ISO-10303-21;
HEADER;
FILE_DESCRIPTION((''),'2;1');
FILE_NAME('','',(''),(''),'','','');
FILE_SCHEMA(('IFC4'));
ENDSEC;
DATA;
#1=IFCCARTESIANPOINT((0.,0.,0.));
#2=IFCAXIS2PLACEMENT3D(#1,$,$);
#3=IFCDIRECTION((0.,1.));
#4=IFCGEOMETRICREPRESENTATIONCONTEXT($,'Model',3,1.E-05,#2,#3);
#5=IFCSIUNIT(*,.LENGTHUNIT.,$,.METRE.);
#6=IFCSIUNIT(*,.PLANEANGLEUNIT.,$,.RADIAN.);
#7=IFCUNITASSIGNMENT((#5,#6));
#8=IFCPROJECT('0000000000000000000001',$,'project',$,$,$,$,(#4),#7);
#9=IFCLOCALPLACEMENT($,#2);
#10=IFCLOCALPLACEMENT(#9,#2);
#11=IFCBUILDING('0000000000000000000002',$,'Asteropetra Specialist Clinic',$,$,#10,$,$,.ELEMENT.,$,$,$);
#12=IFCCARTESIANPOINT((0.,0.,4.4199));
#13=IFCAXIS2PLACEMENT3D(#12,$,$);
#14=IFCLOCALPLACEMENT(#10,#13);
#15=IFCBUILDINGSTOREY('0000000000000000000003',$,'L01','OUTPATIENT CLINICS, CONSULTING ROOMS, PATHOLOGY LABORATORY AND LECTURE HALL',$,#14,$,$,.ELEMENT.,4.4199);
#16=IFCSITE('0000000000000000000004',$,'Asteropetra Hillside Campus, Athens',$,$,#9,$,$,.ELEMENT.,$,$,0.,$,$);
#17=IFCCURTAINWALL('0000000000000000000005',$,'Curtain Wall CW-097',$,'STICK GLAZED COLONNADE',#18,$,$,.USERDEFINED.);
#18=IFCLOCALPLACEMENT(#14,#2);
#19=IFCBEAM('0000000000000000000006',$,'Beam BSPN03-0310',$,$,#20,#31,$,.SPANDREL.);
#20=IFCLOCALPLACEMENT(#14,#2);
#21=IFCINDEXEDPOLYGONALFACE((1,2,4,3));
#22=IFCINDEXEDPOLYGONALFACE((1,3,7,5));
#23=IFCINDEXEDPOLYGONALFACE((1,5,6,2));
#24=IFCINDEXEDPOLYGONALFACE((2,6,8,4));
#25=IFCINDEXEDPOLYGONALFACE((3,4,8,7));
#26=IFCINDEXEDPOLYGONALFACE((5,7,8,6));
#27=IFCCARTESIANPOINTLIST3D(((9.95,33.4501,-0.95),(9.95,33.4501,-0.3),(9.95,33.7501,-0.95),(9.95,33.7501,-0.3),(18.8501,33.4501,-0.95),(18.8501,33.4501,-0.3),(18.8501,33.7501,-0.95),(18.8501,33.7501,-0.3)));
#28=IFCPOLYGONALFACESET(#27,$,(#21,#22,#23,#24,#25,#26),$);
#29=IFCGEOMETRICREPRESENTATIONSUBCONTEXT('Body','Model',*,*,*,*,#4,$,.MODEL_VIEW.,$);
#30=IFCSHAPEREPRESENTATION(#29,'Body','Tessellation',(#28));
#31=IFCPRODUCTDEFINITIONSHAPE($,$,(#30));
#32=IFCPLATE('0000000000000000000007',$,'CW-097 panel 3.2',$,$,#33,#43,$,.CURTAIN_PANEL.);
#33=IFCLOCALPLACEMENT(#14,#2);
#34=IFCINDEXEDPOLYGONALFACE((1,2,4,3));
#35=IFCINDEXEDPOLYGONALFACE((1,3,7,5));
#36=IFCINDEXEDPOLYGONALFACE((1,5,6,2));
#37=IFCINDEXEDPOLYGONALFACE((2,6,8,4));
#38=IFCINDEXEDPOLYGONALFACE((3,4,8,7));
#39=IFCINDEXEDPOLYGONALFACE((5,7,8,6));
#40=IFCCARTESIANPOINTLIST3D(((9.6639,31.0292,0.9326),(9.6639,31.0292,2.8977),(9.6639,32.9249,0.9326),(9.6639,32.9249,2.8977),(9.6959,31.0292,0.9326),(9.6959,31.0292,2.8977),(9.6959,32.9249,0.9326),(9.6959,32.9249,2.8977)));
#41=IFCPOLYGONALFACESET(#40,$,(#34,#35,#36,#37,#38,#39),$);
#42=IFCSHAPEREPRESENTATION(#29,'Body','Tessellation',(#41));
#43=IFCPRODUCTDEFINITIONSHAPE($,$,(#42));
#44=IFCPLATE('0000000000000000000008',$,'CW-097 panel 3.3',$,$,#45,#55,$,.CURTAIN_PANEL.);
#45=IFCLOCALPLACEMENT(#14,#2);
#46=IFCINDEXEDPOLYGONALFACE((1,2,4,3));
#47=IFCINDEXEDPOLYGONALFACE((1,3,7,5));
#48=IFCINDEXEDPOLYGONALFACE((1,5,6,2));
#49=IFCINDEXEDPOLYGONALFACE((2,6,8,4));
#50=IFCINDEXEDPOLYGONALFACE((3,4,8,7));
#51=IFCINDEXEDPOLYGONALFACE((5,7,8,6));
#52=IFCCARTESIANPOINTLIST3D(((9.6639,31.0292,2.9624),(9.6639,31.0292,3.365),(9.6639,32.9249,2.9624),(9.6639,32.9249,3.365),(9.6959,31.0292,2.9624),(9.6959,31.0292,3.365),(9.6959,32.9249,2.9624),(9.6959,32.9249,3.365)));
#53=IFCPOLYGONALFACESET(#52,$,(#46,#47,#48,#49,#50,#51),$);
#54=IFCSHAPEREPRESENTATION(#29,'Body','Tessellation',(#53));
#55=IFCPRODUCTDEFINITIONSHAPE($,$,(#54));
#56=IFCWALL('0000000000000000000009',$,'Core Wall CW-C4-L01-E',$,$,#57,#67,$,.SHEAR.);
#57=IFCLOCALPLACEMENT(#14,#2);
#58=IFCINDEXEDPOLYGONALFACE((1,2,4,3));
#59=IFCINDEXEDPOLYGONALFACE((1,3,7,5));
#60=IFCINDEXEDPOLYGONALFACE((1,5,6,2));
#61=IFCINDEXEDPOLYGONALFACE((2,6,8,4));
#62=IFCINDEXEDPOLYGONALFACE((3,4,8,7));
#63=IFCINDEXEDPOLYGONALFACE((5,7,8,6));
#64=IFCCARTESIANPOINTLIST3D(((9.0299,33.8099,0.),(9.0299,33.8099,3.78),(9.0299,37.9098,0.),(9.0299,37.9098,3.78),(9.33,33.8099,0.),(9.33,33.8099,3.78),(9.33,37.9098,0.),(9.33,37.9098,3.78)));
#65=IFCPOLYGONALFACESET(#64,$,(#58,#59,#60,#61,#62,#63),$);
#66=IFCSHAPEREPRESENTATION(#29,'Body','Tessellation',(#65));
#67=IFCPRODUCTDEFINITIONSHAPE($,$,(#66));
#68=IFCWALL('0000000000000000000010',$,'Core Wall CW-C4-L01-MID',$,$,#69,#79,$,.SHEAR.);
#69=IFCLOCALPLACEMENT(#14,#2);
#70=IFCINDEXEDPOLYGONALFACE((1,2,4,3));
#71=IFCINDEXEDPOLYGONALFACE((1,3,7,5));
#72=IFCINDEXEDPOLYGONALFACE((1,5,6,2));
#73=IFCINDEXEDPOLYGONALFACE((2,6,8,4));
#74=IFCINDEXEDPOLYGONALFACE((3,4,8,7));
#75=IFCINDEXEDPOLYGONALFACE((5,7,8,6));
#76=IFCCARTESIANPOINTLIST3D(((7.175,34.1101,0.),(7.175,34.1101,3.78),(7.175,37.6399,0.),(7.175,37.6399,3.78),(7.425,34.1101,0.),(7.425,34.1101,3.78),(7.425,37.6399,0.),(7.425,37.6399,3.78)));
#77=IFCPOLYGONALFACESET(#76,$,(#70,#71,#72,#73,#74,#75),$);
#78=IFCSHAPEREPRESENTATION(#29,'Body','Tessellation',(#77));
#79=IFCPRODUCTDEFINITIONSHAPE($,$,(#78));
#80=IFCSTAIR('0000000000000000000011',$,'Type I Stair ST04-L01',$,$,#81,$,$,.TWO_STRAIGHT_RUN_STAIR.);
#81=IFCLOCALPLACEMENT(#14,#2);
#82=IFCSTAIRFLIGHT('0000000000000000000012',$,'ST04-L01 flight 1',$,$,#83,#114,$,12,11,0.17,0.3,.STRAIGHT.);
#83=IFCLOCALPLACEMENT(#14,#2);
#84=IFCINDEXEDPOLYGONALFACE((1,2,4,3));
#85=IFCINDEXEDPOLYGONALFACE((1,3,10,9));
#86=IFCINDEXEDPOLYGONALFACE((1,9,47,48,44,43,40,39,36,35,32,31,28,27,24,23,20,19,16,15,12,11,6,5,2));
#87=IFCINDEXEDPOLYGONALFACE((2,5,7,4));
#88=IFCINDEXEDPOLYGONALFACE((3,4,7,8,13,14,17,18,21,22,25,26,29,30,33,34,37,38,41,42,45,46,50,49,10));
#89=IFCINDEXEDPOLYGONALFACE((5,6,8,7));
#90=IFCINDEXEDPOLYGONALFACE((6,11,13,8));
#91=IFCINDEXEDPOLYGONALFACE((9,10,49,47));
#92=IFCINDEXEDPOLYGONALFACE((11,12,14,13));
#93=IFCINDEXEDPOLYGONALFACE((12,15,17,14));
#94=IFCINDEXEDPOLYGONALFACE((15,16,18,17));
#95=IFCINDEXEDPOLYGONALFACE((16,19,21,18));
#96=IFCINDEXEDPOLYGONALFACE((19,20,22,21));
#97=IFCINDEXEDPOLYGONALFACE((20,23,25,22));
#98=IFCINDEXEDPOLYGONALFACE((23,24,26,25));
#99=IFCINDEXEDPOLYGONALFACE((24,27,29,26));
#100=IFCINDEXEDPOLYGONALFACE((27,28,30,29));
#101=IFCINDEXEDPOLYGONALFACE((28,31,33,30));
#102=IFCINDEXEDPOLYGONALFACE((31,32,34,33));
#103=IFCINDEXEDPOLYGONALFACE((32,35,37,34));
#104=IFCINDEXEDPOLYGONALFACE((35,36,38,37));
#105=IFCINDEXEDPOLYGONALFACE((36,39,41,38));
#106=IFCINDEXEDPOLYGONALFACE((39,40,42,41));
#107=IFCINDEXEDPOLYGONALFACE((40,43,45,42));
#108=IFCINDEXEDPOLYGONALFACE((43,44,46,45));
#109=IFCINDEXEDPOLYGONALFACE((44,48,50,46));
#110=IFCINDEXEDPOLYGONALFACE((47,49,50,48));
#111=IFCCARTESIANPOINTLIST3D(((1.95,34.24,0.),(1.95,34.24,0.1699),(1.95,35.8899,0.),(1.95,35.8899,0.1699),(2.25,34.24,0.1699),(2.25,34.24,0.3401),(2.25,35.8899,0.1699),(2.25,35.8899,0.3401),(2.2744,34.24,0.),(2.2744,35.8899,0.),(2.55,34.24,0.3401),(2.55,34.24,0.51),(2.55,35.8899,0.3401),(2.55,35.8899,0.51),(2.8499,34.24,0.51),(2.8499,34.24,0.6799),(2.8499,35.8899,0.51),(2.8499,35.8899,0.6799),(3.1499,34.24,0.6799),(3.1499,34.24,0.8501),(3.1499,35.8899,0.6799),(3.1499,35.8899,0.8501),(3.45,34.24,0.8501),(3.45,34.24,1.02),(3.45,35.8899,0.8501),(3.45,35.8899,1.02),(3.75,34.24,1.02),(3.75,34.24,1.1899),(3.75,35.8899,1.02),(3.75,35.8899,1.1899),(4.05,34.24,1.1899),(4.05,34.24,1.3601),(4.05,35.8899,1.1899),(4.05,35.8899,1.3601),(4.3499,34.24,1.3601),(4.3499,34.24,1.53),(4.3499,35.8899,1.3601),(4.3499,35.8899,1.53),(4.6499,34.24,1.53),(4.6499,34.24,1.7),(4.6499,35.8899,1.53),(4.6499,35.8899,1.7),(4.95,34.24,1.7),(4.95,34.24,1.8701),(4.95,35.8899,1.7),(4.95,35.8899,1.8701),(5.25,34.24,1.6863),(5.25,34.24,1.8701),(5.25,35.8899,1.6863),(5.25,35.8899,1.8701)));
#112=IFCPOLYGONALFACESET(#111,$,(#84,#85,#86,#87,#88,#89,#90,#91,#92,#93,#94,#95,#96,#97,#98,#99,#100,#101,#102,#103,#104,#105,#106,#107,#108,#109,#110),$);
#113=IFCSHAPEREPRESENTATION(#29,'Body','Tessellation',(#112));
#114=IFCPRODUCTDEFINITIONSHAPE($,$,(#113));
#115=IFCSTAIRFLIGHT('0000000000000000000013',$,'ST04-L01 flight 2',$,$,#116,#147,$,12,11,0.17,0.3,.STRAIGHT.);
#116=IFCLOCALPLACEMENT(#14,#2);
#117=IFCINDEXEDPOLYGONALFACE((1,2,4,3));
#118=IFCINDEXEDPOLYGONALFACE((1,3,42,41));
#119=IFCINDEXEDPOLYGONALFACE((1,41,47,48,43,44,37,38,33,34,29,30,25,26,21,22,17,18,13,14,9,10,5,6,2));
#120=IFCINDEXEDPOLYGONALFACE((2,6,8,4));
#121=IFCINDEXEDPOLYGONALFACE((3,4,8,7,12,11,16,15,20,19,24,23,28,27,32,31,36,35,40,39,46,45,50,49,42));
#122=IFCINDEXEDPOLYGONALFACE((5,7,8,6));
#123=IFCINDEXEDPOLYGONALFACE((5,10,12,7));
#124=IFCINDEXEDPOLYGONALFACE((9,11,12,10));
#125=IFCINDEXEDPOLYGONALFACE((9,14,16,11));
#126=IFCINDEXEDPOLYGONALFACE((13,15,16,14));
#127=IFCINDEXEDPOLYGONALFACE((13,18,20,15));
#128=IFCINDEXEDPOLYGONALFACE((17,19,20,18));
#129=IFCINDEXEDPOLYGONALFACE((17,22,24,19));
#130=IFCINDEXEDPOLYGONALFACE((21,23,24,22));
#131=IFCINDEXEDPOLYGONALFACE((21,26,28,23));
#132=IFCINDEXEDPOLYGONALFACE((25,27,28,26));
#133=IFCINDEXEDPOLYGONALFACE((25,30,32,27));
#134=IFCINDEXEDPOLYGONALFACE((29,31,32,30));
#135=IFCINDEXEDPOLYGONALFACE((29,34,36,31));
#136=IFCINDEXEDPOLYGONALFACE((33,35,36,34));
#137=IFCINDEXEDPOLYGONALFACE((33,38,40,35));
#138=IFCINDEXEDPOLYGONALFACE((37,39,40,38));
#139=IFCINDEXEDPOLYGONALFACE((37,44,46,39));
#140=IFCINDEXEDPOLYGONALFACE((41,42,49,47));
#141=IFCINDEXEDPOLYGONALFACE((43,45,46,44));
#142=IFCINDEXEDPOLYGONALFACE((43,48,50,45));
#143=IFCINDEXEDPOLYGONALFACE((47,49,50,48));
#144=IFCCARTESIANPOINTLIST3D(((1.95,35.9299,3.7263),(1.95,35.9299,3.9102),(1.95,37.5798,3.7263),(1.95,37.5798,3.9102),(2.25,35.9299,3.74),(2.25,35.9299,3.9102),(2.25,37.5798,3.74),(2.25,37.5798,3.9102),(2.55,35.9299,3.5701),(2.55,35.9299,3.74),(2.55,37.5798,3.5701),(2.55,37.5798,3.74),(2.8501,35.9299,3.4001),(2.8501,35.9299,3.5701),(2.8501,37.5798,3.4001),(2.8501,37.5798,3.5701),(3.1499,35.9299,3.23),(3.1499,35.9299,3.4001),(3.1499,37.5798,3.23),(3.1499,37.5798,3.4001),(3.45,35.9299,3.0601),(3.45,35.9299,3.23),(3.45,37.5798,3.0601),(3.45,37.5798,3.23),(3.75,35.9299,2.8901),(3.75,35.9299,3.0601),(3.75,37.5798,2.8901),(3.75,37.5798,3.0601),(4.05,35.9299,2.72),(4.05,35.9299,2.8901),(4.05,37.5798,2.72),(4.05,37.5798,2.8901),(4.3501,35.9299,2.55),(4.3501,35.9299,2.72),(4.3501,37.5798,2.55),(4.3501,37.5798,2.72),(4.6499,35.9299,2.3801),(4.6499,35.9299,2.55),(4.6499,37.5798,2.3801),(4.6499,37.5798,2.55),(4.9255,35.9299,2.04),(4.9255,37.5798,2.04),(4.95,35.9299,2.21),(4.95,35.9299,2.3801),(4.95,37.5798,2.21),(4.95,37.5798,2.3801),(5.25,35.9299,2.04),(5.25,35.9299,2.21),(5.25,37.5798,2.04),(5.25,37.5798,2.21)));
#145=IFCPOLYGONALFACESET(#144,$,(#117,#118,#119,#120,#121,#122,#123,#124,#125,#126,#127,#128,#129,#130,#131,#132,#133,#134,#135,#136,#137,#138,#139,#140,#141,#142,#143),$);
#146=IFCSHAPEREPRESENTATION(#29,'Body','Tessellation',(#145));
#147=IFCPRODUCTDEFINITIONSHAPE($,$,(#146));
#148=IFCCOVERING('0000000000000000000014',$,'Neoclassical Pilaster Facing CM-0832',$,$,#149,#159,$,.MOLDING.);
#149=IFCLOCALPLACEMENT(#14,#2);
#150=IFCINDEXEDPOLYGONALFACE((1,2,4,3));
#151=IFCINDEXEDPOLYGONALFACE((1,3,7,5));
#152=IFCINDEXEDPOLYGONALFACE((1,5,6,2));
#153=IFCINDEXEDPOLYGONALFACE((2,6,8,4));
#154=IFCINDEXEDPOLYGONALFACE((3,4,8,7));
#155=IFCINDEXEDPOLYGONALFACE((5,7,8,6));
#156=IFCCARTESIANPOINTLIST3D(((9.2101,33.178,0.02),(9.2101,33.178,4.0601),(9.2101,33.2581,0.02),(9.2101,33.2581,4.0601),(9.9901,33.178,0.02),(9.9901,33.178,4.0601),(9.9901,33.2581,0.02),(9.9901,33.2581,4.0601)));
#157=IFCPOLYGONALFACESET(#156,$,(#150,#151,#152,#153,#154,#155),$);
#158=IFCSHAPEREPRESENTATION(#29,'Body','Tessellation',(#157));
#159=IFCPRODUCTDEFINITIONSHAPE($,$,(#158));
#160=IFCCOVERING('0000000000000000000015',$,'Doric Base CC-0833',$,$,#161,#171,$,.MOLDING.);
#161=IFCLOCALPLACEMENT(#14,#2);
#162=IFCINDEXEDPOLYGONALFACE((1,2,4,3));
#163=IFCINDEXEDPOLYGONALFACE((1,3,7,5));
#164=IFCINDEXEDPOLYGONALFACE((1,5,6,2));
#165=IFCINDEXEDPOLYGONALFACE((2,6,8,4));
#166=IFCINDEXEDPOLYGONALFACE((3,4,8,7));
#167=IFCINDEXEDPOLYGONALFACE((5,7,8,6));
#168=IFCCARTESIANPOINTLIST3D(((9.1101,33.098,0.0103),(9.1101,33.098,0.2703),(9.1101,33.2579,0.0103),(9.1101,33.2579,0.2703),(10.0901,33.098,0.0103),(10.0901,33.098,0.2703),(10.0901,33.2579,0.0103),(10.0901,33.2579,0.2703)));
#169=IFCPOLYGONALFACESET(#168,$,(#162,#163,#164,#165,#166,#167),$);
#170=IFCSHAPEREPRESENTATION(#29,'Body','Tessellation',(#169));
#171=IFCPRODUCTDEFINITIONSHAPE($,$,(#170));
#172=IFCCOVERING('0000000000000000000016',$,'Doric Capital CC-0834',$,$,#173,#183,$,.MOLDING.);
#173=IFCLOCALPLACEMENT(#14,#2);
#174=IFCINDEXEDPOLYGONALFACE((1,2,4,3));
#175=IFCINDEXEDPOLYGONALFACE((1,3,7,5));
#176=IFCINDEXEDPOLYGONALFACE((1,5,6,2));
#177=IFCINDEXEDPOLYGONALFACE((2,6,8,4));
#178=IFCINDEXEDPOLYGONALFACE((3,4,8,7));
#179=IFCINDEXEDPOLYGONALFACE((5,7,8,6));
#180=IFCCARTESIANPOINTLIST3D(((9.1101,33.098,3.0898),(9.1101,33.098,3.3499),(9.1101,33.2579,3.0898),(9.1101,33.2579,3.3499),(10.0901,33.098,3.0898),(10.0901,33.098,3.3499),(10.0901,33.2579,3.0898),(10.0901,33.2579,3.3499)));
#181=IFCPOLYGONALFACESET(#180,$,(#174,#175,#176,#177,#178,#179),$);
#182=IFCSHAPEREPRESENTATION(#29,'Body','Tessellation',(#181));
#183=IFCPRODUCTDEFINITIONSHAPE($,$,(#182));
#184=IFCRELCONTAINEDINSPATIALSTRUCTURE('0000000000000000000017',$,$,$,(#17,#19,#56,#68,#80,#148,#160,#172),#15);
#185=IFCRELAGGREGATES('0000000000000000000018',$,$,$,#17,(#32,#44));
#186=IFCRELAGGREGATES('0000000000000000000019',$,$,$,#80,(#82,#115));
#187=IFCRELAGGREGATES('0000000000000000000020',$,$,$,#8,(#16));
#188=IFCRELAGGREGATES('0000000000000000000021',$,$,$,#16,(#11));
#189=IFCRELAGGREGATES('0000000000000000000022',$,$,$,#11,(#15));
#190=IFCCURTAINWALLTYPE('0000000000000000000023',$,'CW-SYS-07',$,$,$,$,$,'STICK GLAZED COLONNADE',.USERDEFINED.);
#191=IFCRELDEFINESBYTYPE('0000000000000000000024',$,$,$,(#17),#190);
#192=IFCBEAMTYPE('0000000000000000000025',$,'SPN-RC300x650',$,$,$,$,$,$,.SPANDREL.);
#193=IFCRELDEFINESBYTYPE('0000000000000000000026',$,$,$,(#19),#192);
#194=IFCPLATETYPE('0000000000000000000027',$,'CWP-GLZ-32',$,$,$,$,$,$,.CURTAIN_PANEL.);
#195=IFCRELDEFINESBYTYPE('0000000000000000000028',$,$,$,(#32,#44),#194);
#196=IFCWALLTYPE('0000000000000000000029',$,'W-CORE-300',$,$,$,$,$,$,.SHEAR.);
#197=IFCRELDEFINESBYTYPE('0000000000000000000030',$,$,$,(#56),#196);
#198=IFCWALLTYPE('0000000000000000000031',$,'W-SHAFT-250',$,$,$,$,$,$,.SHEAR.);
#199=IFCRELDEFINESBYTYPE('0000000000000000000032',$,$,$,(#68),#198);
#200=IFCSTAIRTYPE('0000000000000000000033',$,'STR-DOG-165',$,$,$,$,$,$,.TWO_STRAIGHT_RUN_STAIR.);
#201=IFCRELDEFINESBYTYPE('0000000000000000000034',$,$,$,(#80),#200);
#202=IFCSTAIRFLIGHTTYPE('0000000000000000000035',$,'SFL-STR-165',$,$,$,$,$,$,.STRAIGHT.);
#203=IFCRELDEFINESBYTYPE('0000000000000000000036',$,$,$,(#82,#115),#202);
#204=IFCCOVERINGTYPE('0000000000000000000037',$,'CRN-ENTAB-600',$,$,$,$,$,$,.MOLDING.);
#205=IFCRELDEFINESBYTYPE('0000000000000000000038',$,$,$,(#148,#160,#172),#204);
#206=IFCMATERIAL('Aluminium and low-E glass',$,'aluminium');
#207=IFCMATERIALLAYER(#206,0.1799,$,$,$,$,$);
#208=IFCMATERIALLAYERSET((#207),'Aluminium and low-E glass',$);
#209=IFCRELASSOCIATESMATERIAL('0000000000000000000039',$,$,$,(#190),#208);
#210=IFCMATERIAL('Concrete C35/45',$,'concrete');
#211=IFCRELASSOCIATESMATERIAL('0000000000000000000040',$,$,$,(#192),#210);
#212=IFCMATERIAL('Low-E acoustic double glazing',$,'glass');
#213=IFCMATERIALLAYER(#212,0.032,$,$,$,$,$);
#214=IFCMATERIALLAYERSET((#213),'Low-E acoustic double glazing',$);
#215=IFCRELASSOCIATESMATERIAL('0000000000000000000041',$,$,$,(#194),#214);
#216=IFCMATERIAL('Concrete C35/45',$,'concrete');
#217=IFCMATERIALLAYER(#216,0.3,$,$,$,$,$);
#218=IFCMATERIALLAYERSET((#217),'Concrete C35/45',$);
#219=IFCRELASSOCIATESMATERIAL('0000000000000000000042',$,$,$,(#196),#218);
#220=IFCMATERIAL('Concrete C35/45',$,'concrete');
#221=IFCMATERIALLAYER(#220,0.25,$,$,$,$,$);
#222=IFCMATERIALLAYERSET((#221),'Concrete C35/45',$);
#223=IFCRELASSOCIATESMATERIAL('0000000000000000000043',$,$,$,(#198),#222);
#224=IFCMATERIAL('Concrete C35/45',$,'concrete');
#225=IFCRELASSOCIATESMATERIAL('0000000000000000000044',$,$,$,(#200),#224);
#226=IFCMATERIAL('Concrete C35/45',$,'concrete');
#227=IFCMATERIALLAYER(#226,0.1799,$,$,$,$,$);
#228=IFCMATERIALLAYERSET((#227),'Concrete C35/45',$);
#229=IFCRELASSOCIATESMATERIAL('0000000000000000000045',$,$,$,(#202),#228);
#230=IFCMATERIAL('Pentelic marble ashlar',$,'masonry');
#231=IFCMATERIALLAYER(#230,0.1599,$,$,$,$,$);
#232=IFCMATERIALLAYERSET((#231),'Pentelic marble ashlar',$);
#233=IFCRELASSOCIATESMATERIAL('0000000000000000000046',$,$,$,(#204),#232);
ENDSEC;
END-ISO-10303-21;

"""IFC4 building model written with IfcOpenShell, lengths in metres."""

from ifc_helpers import new_model, si_unit, direction, frame, frame_2d, origin, origin_2d, place, context, subcontext, project, spatial, polyline, rectangle, outline, extrude, material, layer, layer_set, material_profile, profile_set, type_object, element, aggregate, save


model = new_model("IFC4")

# Units and contexts
model_context = context("Model", 3, precision=1e-05, world=origin(), true_north=direction((0.0, 1.0)))
body_context = subcontext(model_context, "Body", "Model", "MODEL_VIEW")
ifc_project = project(units=[si_unit("LENGTHUNIT", "METRE"), si_unit("PLANEANGLEUNIT", "RADIAN")], contexts=[model_context])

# Site, building, storey
site_placement = place(None, origin())
site = spatial("IfcSite", under=ifc_project, at=site_placement, Name="Asteropetra Hillside Campus, Athens", CompositionType="ELEMENT", RefElevation=0.0)
building_placement = place(site_placement, origin())
building = spatial("IfcBuilding", under=site, at=building_placement, Name="Asteropetra Specialist Clinic", CompositionType="ELEMENT")
storey_placement = place(building_placement, frame((0.0, 0.0, 4.4199)))
storey = spatial("IfcBuildingStorey", under=building, at=storey_placement, Name="L01", Description="OUTPATIENT CLINICS, CONSULTING ROOMS, PATHOLOGY LABORATORY AND LECTURE HALL", CompositionType="ELEMENT", Elevation=4.4199)

# Curtain wall
ifc_material_1 = material(Name="Aluminium and low-E glass", Category="aluminium")
ifc_layer_1 = layer(ifc_material_1, 0.1799)
ifc_layer_set_1 = layer_set([ifc_layer_1], Name="Aluminium and low-E glass")
curtain_wall_type = type_object("IfcCurtainWallType", Name="CW-SYS-07", ElementType="STICK GLAZED COLONNADE", PredefinedType="USERDEFINED", material=ifc_layer_set_1)
curtain_wall_placement = place(storey_placement, origin())
curtain_wall = element("IfcCurtainWall", 1, at=curtain_wall_placement, inside=storey, type_object=curtain_wall_type, Name="Curtain Wall CW-097", ObjectType="STICK GLAZED COLONNADE", PredefinedType="USERDEFINED")

# Beam
ifc_material_2 = material(Name="Concrete C35/45", Category="concrete")
ifc_material_profile_1 = material_profile(ifc_material_2, rectangle(XDim=0.3, YDim=0.6499, at=origin_2d()), Name="RCS 300x650")
ifc_profile_set_1 = profile_set([ifc_material_profile_1], Name="Concrete C35/45")
beam_type_1 = type_object("IfcBeamType", Name="SPN-RC300x650", PredefinedType="SPANDREL", material=ifc_profile_set_1)
beam_1_placement = place(storey_placement, frame((9.95, 33.6001, -0.625), z_axis=(1.0, 0.0, 0.0), x_axis=(0.0, 1.0, 0.0)))
element("IfcBeam", 2, at=beam_1_placement, inside=storey, type_object=beam_type_1, Name="Beam BSPN03-0310", PredefinedType="SPANDREL", context=body_context, shape_type="SweptSolid", body=[
    extrude(rectangle(XDim=0.3, YDim=0.6499, at=origin_2d()), origin(), (0.0, 0.0, 1.0), 8.9001),
])

# Plates
ifc_material_3 = material(Name="Low-E acoustic double glazing", Category="glass")
ifc_layer_2 = layer(ifc_material_3, 0.032)
ifc_layer_set_2 = layer_set([ifc_layer_2], Name="Low-E acoustic double glazing")
plate_type = type_object("IfcPlateType", Name="CWP-GLZ-32", PredefinedType="CURTAIN_PANEL", material=ifc_layer_set_2)
plate_1_placement = place(storey_placement, frame((9.6799, 31.9771, 0.9326), z_axis=(0.0, 0.0, 1.0), x_axis=(0.0, 1.0, 0.0)))
plate_1 = element("IfcPlate", 3, at=plate_1_placement, type_object=plate_type, Name="CW-097 panel 3.2", PredefinedType="CURTAIN_PANEL", context=body_context, shape_type="SweptSolid", body=[
    extrude(rectangle(XDim=1.8958, YDim=0.032, at=origin_2d()), origin(), (0.0, 0.0, 1.0), 1.9651),
])
plate_2_placement = place(storey_placement, frame((9.6799, 31.9771, 2.9624), z_axis=(0.0, 0.0, 1.0), x_axis=(0.0, 1.0, 0.0)))
plate_2 = element("IfcPlate", 4, at=plate_2_placement, type_object=plate_type, Name="CW-097 panel 3.3", PredefinedType="CURTAIN_PANEL", context=body_context, shape_type="SweptSolid", body=[
    extrude(rectangle(XDim=1.8958, YDim=0.032, at=origin_2d()), origin(), (0.0, 0.0, 1.0), 0.4026),
])
aggregate(curtain_wall, [plate_1, plate_2])

# Walls
ifc_material_4 = material(Name="Concrete C35/45", Category="concrete")
ifc_layer_3 = layer(ifc_material_4, 0.3)
ifc_layer_set_3 = layer_set([ifc_layer_3], Name="Concrete C35/45")
wall_type_1 = type_object("IfcWallType", Name="W-CORE-300", PredefinedType="SHEAR", material=ifc_layer_set_3)
wall_1_placement = place(storey_placement, frame((9.1799, 33.8101, 0.0), z_axis=(0.0, 0.0, 1.0), x_axis=(0.0, 1.0, 0.0)))
element("IfcWall", 5, at=wall_1_placement, inside=storey, type_object=wall_type_1, Name="Core Wall CW-C4-L01-E", PredefinedType="SHEAR", context=body_context, shape_type="SweptSolid", body=[
    extrude(rectangle(XDim=4.0999, YDim=0.3, at=frame_2d((2.0498, 0.0))), origin(), (0.0, 0.0, 1.0), 3.78),
])
ifc_material_5 = material(Name="Concrete C35/45", Category="concrete")
ifc_layer_4 = layer(ifc_material_5, 0.25)
ifc_layer_set_4 = layer_set([ifc_layer_4], Name="Concrete C35/45")
wall_type_2 = type_object("IfcWallType", Name="W-SHAFT-250", PredefinedType="SHEAR", material=ifc_layer_set_4)
wall_2_placement = place(storey_placement, frame((7.3, 34.1101, 0.0), z_axis=(0.0, 0.0, 1.0), x_axis=(0.0, 1.0, 0.0)))
element("IfcWall", 6, at=wall_2_placement, inside=storey, type_object=wall_type_2, Name="Core Wall CW-C4-L01-MID", PredefinedType="SHEAR", context=body_context, shape_type="SweptSolid", body=[
    extrude(rectangle(XDim=3.5298, YDim=0.25, at=frame_2d((1.7649, 0.0))), origin(), (0.0, 0.0, 1.0), 3.78),
])

# Stair, stair flights
ifc_material_6 = material(Name="Concrete C35/45", Category="concrete")
stair_type = type_object("IfcStairType", Name="STR-DOG-165", PredefinedType="TWO_STRAIGHT_RUN_STAIR", material=ifc_material_6)
stair_placement = place(storey_placement, origin())
stair = element("IfcStair", 7, at=stair_placement, inside=storey, type_object=stair_type, Name="Type I Stair ST04-L01", PredefinedType="TWO_STRAIGHT_RUN_STAIR")
ifc_material_7 = material(Name="Concrete C35/45", Category="concrete")
ifc_layer_5 = layer(ifc_material_7, 0.1799)
ifc_layer_set_5 = layer_set([ifc_layer_5], Name="Concrete C35/45")
stair_flight_type = type_object("IfcStairFlightType", Name="SFL-STR-165", PredefinedType="STRAIGHT", material=ifc_layer_set_5)
stair_flight_1_placement = place(storey_placement, frame((1.95, 35.0649, 0.0), z_axis=(0.0, 0.0, 1.0), x_axis=(1.0, 0.0, 0.0)))
stair_flight_1 = element("IfcStairFlight", 8, at=stair_flight_1_placement, type_object=stair_flight_type, Name="ST04-L01 flight 1", NumberOfRisers=12, NumberOfTreads=11, PredefinedType="STRAIGHT", RiserHeight=0.17, TreadLength=0.3, context=body_context, shape_type="SweptSolid", body=[
    extrude(outline(polyline([(0.0, 0.0), (0.0, 0.1699), (0.3, 0.1699), (0.3, 0.3401), (0.6001, 0.3401), (0.6001, 0.51), (0.8999, 0.51), (0.8999, 0.6799), (1.2, 0.6799), (1.2, 0.8501), (1.5, 0.8501), (1.5, 1.02), (1.8, 1.02), (1.8, 1.1899), (2.1001, 1.1899), (2.1001, 1.3601), (2.3999, 1.3601), (2.3999, 1.53), (2.7, 1.53), (2.7, 1.7), (3.0, 1.7), (3.0, 1.8701), (3.3, 1.8701), (3.3, 2.04), (3.3, 1.6863), (0.3245, 0.0), (0.0, 0.0)])), frame((0.0, 0.825, 0.0), z_axis=(0.0, -1.0, 0.0), x_axis=(1.0, 0.0, 0.0)), (0.0, 0.0, 1.0), 1.6499),
])
stair_flight_2_placement = place(storey_placement, frame((5.25, 36.7549, 2.04), z_axis=(0.0, 0.0, 1.0), x_axis=(-1.0, 0.0, 0.0)))
stair_flight_2 = element("IfcStairFlight", 9, at=stair_flight_2_placement, type_object=stair_flight_type, Name="ST04-L01 flight 2", NumberOfRisers=12, NumberOfTreads=11, PredefinedType="STRAIGHT", RiserHeight=0.17, TreadLength=0.3, context=body_context, shape_type="SweptSolid", body=[
    extrude(outline(polyline([(0.0, 0.0), (0.0, 0.1699), (0.3, 0.1699), (0.3, 0.3401), (0.6001, 0.3401), (0.6001, 0.51), (0.8999, 0.51), (0.8999, 0.6799), (1.2, 0.6799), (1.2, 0.8501), (1.5, 0.8501), (1.5, 1.02), (1.8, 1.02), (1.8, 1.1899), (2.1001, 1.1899), (2.1001, 1.3601), (2.3999, 1.3601), (2.3999, 1.53), (2.7, 1.53), (2.7, 1.7), (3.0, 1.7), (3.0, 1.8701), (3.3, 1.8701), (3.3, 2.04), (3.3, 1.6863), (0.3245, 0.0), (0.0, 0.0)])), frame((0.0, 0.825, 0.0), z_axis=(0.0, -1.0, 0.0), x_axis=(1.0, 0.0, 0.0)), (0.0, 0.0, 1.0), 1.6499),
])
aggregate(stair, [stair_flight_1, stair_flight_2])

# Coverings
ifc_material_8 = material(Name="Pentelic marble ashlar", Category="masonry")
ifc_layer_6 = layer(ifc_material_8, 0.1599)
ifc_layer_set_6 = layer_set([ifc_layer_6], Name="Pentelic marble ashlar")
covering_type = type_object("IfcCoveringType", Name="CRN-ENTAB-600", PredefinedType="MOLDING", material=ifc_layer_set_6)
covering_1_placement = place(storey_placement, frame((9.6001, 33.218, 0.02), z_axis=(0.0, 0.0, 1.0), x_axis=(1.0, 0.0, 0.0)))
element("IfcCovering", 10, at=covering_1_placement, inside=storey, type_object=covering_type, Name="Neoclassical Pilaster Facing CM-0832", PredefinedType="MOLDING", context=body_context, shape_type="SweptSolid", body=[
    extrude(rectangle(XDim=0.78, YDim=0.0801, at=origin_2d()), origin(), (0.0, 0.0, 1.0), 4.04),
])
for number, where, z_axis, x_axis, name in (
    (11, (9.6001, 33.178, 0.0103), (0.0, 0.0, 1.0), (1.0, 0.0, 0.0), "Doric Base CC-0833"),
    (12, (9.6001, 33.178, 3.0898), (0.0, 0.0, 1.0), (1.0, 0.0, 0.0), "Doric Capital CC-0834"),
):
    element("IfcCovering", number, at=place(storey_placement, frame(where, z_axis=z_axis, x_axis=x_axis)), inside=storey, type_object=covering_type, Name=name, PredefinedType="MOLDING", context=body_context, shape_type="SweptSolid", body=[
        extrude(rectangle(XDim=0.98, YDim=0.1599, at=origin_2d()), origin(), (0.0, 0.0, 1.0), 0.26),
    ])

save(model, "model.ifc")
